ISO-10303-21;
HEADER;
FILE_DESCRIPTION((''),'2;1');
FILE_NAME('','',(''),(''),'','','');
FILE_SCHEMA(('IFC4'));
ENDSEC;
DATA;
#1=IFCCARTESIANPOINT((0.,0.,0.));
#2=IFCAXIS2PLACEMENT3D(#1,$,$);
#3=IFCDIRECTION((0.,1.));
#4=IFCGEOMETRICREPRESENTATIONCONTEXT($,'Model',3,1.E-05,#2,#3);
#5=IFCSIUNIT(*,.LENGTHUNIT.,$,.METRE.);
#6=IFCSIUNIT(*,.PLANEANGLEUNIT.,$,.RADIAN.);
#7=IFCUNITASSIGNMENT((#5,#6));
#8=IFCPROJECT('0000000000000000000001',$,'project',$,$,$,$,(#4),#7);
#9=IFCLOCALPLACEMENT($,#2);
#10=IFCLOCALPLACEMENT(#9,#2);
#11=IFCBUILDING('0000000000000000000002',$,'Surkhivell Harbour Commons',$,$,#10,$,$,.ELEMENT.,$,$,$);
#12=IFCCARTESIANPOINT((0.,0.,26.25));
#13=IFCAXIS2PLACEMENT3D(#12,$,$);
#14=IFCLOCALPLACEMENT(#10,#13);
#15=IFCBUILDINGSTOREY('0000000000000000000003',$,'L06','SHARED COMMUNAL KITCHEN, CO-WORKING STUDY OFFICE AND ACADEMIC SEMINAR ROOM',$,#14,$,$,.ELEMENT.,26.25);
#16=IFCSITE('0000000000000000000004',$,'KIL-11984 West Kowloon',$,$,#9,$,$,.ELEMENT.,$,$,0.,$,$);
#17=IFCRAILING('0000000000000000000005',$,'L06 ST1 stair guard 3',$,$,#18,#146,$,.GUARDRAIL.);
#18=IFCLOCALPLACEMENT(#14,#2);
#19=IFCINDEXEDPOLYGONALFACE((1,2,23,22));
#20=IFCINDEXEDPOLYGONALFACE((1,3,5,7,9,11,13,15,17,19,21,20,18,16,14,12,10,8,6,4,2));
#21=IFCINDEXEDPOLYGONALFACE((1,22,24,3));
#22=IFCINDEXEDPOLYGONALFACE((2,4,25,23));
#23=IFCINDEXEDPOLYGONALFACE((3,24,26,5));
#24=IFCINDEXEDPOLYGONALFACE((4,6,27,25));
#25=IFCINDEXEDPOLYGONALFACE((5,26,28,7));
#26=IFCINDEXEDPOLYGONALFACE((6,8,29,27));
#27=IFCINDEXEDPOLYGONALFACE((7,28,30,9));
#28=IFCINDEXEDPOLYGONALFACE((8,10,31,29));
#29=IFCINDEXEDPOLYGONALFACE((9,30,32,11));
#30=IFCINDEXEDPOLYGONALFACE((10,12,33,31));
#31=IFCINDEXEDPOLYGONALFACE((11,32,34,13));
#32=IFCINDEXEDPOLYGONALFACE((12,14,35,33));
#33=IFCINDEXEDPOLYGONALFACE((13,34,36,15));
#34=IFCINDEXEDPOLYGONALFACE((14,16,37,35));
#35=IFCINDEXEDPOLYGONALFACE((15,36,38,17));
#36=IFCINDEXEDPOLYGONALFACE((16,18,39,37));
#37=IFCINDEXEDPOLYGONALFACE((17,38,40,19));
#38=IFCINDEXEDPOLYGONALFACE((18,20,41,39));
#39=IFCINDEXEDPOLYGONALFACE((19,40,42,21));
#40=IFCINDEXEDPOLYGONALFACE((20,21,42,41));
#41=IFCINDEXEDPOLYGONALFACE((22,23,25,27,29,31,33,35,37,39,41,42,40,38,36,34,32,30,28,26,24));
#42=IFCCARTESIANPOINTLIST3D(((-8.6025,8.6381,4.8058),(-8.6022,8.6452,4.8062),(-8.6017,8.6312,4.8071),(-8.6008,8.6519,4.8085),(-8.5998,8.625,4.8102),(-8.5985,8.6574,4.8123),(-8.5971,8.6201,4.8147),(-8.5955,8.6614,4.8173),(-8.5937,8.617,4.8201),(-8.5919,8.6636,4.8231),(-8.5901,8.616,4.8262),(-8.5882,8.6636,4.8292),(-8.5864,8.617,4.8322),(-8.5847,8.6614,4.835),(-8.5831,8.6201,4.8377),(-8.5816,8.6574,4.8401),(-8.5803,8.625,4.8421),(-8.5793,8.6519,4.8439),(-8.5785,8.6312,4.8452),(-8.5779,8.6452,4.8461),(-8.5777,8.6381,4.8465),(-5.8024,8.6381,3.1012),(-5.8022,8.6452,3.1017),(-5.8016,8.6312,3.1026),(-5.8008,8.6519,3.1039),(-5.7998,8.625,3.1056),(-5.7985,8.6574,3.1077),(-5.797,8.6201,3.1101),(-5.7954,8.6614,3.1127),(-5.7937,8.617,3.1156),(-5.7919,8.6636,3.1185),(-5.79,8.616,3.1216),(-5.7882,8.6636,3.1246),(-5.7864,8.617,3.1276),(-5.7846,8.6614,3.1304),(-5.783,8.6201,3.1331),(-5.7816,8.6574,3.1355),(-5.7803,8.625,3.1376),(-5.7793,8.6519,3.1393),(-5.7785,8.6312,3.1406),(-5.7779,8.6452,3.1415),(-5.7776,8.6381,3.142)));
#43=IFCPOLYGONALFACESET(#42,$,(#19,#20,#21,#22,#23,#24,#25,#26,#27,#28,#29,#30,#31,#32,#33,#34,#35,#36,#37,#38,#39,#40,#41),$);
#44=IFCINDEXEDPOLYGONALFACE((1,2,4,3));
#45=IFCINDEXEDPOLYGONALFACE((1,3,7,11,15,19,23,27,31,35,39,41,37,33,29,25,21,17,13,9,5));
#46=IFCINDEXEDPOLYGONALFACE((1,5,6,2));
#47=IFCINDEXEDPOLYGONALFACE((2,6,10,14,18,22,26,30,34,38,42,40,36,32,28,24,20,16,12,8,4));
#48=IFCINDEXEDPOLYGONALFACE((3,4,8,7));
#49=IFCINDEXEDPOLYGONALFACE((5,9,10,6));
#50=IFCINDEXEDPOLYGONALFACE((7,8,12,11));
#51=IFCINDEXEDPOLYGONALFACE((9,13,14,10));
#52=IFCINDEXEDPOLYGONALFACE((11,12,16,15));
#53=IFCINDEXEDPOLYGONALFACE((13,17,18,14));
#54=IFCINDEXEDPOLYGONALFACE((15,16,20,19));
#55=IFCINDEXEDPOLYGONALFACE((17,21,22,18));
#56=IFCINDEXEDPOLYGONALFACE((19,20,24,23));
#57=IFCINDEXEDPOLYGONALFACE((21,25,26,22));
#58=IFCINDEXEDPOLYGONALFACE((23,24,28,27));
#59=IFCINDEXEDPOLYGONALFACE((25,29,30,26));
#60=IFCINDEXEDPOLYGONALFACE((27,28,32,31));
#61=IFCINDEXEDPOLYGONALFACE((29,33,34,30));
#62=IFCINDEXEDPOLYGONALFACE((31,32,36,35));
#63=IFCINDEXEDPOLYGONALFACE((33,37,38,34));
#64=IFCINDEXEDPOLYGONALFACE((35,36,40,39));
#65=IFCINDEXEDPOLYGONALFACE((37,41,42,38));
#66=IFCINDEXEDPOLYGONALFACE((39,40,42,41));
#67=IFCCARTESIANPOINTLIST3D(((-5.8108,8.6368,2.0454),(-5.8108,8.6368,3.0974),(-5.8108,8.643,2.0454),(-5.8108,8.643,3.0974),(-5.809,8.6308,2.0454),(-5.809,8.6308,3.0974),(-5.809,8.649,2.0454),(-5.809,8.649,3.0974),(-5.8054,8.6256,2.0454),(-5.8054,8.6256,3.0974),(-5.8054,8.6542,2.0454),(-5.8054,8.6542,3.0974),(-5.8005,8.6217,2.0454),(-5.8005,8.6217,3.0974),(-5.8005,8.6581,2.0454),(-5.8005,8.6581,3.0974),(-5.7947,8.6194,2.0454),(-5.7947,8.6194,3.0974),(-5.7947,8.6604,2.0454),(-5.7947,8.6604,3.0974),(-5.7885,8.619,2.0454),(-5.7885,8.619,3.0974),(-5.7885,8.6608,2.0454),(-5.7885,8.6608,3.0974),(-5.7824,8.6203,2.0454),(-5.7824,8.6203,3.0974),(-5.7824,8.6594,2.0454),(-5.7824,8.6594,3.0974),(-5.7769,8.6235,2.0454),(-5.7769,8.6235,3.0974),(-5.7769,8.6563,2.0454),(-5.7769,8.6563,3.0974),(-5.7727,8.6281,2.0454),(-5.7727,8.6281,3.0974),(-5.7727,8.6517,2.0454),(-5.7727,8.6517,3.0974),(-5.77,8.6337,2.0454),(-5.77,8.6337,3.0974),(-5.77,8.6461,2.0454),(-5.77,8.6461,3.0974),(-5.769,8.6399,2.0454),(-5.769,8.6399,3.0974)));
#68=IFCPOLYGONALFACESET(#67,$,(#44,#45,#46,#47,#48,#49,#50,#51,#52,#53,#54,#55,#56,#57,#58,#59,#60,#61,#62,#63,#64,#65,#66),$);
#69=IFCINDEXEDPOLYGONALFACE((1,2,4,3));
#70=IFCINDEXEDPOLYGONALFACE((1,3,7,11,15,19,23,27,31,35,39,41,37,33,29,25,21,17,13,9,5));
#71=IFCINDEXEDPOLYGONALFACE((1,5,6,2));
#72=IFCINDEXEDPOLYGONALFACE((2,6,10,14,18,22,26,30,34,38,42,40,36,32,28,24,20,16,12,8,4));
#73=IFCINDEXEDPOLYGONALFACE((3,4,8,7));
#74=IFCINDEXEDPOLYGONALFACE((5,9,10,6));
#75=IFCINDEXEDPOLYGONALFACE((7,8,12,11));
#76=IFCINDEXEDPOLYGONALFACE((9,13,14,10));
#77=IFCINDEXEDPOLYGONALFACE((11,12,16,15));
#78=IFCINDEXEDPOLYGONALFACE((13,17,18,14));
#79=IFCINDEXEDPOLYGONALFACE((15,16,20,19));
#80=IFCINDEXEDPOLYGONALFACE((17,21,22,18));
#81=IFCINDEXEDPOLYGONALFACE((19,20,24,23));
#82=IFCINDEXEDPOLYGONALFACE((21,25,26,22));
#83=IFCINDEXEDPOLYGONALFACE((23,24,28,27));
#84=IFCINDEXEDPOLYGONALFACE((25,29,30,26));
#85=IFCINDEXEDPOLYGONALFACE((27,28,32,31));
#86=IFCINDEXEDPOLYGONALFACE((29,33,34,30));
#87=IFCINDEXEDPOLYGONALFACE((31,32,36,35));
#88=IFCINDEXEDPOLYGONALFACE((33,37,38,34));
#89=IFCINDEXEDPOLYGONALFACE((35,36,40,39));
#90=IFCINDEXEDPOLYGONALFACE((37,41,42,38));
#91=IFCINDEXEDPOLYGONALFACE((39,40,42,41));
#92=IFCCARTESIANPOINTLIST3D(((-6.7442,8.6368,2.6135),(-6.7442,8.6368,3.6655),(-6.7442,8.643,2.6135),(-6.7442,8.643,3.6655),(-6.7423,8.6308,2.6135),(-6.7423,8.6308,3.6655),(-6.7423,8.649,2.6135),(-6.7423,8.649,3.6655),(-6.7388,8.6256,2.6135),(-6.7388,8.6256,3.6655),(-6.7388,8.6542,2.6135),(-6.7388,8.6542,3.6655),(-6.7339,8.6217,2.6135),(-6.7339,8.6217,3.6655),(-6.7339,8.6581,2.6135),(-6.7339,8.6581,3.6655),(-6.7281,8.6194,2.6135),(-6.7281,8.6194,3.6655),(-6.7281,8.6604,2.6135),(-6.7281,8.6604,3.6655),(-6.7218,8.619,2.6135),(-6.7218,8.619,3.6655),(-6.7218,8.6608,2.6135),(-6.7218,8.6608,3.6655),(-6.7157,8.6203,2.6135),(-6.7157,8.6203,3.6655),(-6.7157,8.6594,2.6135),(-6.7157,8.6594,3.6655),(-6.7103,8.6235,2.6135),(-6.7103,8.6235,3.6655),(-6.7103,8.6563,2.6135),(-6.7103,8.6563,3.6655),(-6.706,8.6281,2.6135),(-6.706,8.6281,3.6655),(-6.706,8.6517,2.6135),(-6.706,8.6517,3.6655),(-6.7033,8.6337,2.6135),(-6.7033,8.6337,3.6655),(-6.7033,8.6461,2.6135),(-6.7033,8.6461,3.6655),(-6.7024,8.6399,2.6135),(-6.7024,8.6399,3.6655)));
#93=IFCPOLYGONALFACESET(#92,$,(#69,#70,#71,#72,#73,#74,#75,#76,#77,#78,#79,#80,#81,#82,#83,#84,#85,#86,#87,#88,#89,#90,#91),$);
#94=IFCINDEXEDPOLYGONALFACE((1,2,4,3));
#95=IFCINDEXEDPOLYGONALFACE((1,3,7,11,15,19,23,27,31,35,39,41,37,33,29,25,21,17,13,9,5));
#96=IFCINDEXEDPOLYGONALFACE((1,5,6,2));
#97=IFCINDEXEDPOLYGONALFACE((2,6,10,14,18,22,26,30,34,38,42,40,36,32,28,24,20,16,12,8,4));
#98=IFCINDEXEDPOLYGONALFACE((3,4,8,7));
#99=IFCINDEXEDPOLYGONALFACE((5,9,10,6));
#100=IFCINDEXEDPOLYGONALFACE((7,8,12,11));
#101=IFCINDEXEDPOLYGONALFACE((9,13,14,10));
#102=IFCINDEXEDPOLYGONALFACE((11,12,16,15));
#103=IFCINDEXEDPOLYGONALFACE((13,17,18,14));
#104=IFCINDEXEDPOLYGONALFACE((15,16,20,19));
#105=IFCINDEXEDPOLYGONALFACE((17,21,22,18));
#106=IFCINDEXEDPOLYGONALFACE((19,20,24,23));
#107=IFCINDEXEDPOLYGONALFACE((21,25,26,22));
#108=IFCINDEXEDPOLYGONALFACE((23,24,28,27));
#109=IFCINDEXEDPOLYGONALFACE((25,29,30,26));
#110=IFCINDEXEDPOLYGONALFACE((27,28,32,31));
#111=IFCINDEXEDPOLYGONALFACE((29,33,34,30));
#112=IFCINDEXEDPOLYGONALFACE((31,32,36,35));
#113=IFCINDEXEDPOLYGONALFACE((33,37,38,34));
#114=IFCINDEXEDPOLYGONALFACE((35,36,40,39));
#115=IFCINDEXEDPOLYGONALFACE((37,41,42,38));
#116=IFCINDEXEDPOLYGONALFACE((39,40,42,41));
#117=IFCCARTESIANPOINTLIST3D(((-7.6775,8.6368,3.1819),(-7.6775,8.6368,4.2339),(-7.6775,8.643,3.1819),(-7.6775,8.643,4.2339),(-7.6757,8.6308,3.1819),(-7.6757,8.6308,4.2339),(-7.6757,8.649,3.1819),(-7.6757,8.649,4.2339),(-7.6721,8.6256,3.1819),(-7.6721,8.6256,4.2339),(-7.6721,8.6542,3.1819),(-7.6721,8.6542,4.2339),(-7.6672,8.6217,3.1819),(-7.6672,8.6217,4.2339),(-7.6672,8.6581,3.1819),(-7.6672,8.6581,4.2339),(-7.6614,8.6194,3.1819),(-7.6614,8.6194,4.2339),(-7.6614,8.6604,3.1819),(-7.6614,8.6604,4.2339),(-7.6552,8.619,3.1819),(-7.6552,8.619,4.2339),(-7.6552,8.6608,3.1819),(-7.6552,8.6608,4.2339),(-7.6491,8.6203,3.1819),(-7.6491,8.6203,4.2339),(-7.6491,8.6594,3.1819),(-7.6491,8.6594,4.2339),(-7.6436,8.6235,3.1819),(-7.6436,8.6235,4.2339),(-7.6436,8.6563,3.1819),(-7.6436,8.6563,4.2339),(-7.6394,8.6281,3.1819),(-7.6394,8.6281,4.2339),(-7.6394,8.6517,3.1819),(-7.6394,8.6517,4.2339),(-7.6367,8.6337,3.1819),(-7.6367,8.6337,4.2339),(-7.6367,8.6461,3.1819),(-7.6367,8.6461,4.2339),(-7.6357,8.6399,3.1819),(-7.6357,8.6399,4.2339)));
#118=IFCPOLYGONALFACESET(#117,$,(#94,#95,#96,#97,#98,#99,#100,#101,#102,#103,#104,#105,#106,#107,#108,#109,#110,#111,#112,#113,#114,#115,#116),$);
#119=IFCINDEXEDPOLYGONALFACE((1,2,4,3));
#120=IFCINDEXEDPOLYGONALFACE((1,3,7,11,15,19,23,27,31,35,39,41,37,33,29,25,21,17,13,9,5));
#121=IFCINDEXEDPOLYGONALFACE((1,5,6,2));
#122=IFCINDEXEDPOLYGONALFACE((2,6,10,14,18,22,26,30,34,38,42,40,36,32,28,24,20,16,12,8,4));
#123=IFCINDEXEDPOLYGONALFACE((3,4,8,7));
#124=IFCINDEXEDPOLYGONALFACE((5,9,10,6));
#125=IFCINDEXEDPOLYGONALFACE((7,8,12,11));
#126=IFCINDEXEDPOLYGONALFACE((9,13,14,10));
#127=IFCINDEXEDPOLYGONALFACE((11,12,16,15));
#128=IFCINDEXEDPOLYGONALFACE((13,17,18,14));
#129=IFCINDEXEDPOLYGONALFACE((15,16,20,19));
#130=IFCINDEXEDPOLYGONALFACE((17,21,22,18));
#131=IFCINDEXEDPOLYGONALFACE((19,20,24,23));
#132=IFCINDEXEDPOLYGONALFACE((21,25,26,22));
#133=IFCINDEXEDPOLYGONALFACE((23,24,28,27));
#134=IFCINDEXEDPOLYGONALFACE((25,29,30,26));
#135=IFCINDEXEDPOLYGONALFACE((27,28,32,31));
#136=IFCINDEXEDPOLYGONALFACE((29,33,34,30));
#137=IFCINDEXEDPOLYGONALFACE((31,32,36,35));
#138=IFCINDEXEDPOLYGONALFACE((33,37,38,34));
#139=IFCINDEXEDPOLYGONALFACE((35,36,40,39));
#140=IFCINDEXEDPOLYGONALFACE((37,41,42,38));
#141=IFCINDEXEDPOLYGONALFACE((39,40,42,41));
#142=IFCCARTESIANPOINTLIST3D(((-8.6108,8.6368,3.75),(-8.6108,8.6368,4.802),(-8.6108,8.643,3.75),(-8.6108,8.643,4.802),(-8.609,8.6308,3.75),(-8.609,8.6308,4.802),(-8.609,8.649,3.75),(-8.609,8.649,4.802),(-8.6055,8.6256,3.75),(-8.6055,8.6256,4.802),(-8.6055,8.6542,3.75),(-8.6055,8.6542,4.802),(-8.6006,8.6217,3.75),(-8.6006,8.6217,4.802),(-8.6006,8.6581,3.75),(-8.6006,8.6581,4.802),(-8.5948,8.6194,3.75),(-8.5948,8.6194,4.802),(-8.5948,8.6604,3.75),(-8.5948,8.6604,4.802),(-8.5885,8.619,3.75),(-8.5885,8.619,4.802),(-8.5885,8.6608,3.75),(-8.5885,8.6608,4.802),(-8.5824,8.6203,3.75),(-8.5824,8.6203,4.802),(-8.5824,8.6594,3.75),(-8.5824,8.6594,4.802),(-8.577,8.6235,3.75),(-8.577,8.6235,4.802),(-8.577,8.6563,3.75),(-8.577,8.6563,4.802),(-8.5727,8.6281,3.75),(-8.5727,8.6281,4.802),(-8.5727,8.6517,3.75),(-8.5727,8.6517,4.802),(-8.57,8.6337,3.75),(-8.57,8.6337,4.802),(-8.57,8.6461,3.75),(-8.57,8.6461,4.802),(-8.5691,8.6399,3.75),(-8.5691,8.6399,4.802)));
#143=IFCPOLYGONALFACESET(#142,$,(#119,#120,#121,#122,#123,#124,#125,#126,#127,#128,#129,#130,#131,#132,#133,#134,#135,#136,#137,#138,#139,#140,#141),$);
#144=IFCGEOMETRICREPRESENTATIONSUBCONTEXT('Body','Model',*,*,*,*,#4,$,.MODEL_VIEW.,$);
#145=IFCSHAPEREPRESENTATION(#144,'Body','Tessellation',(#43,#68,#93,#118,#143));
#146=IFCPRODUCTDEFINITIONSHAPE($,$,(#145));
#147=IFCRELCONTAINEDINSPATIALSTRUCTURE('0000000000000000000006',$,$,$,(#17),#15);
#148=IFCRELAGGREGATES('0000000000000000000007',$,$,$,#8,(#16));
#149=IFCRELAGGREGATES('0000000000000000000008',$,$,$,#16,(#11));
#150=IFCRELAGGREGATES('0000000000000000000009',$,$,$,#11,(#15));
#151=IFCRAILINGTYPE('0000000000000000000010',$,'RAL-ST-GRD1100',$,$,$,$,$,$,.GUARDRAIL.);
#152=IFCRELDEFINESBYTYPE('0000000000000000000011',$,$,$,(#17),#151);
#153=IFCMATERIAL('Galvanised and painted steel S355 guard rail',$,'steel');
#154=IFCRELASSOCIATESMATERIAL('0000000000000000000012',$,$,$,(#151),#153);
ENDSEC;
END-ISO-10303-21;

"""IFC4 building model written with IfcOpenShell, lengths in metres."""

from ifc_helpers import new_model, si_unit, direction, frame, origin, origin_2d, place, context, subcontext, project, spatial, circle, extrude, material, type_object, element, save


model = new_model("IFC4")

# Units and contexts
model_context = context("Model", 3, precision=1e-05, world=origin(), true_north=direction((0.0, 1.0)))
body_context = subcontext(model_context, "Body", "Model", "MODEL_VIEW")
ifc_project = project(units=[si_unit("LENGTHUNIT", "METRE"), si_unit("PLANEANGLEUNIT", "RADIAN")], contexts=[model_context])

# Site, building, storey
site_placement = place(None, origin())
site = spatial("IfcSite", under=ifc_project, at=site_placement, Name="KIL-11984 West Kowloon", CompositionType="ELEMENT", RefElevation=0.0)
building_placement = place(site_placement, origin())
building = spatial("IfcBuilding", under=site, at=building_placement, Name="Surkhivell Harbour Commons", CompositionType="ELEMENT")
storey_placement = place(building_placement, frame((0.0, 0.0, 26.25)))
storey = spatial("IfcBuildingStorey", under=building, at=storey_placement, Name="L06", Description="SHARED COMMUNAL KITCHEN, CO-WORKING STUDY OFFICE AND ACADEMIC SEMINAR ROOM", CompositionType="ELEMENT", Elevation=26.25)

# Railing
ifc_material_1 = material(Name="Galvanised and painted steel S355 guard rail", Category="steel")
railing_type_1 = type_object("IfcRailingType", Name="RAL-ST-GRD1100", PredefinedType="GUARDRAIL", material=ifc_material_1)
railing_1_placement = place(storey_placement, frame((-5.79, 8.6399, 2.0454)))
element("IfcRailing", 1, at=railing_1_placement, inside=storey, type_object=railing_type_1, Name="L06 ST1 stair guard 3", PredefinedType="GUARDRAIL", context=body_context, shape_type="SweptSolid", body=[
    extrude(circle(Radius=0.0239, at=origin_2d()), frame((0.0, 0.0, 1.0762), z_axis=(-0.85417, 0.0, 0.519994), x_axis=(0.0, -1.0, 0.0)), (0.0, 0.0, 1.0), 3.2781),
    extrude(circle(Radius=0.021, at=origin_2d()), origin(), (0.0, 0.0, 1.0), 1.052),
    extrude(circle(Radius=0.021, at=origin_2d()), frame((-0.9333, 0.0, 0.5681)), (0.0, 0.0, 1.0), 1.052),
    extrude(circle(Radius=0.021, at=origin_2d()), frame((-1.8667, 0.0, 1.1365)), (0.0, 0.0, 1.0), 1.052),
    extrude(circle(Radius=0.021, at=origin_2d()), frame((-2.8, 0.0, 1.7046)), (0.0, 0.0, 1.0), 1.052),
])

save(model, "model.ifc")
